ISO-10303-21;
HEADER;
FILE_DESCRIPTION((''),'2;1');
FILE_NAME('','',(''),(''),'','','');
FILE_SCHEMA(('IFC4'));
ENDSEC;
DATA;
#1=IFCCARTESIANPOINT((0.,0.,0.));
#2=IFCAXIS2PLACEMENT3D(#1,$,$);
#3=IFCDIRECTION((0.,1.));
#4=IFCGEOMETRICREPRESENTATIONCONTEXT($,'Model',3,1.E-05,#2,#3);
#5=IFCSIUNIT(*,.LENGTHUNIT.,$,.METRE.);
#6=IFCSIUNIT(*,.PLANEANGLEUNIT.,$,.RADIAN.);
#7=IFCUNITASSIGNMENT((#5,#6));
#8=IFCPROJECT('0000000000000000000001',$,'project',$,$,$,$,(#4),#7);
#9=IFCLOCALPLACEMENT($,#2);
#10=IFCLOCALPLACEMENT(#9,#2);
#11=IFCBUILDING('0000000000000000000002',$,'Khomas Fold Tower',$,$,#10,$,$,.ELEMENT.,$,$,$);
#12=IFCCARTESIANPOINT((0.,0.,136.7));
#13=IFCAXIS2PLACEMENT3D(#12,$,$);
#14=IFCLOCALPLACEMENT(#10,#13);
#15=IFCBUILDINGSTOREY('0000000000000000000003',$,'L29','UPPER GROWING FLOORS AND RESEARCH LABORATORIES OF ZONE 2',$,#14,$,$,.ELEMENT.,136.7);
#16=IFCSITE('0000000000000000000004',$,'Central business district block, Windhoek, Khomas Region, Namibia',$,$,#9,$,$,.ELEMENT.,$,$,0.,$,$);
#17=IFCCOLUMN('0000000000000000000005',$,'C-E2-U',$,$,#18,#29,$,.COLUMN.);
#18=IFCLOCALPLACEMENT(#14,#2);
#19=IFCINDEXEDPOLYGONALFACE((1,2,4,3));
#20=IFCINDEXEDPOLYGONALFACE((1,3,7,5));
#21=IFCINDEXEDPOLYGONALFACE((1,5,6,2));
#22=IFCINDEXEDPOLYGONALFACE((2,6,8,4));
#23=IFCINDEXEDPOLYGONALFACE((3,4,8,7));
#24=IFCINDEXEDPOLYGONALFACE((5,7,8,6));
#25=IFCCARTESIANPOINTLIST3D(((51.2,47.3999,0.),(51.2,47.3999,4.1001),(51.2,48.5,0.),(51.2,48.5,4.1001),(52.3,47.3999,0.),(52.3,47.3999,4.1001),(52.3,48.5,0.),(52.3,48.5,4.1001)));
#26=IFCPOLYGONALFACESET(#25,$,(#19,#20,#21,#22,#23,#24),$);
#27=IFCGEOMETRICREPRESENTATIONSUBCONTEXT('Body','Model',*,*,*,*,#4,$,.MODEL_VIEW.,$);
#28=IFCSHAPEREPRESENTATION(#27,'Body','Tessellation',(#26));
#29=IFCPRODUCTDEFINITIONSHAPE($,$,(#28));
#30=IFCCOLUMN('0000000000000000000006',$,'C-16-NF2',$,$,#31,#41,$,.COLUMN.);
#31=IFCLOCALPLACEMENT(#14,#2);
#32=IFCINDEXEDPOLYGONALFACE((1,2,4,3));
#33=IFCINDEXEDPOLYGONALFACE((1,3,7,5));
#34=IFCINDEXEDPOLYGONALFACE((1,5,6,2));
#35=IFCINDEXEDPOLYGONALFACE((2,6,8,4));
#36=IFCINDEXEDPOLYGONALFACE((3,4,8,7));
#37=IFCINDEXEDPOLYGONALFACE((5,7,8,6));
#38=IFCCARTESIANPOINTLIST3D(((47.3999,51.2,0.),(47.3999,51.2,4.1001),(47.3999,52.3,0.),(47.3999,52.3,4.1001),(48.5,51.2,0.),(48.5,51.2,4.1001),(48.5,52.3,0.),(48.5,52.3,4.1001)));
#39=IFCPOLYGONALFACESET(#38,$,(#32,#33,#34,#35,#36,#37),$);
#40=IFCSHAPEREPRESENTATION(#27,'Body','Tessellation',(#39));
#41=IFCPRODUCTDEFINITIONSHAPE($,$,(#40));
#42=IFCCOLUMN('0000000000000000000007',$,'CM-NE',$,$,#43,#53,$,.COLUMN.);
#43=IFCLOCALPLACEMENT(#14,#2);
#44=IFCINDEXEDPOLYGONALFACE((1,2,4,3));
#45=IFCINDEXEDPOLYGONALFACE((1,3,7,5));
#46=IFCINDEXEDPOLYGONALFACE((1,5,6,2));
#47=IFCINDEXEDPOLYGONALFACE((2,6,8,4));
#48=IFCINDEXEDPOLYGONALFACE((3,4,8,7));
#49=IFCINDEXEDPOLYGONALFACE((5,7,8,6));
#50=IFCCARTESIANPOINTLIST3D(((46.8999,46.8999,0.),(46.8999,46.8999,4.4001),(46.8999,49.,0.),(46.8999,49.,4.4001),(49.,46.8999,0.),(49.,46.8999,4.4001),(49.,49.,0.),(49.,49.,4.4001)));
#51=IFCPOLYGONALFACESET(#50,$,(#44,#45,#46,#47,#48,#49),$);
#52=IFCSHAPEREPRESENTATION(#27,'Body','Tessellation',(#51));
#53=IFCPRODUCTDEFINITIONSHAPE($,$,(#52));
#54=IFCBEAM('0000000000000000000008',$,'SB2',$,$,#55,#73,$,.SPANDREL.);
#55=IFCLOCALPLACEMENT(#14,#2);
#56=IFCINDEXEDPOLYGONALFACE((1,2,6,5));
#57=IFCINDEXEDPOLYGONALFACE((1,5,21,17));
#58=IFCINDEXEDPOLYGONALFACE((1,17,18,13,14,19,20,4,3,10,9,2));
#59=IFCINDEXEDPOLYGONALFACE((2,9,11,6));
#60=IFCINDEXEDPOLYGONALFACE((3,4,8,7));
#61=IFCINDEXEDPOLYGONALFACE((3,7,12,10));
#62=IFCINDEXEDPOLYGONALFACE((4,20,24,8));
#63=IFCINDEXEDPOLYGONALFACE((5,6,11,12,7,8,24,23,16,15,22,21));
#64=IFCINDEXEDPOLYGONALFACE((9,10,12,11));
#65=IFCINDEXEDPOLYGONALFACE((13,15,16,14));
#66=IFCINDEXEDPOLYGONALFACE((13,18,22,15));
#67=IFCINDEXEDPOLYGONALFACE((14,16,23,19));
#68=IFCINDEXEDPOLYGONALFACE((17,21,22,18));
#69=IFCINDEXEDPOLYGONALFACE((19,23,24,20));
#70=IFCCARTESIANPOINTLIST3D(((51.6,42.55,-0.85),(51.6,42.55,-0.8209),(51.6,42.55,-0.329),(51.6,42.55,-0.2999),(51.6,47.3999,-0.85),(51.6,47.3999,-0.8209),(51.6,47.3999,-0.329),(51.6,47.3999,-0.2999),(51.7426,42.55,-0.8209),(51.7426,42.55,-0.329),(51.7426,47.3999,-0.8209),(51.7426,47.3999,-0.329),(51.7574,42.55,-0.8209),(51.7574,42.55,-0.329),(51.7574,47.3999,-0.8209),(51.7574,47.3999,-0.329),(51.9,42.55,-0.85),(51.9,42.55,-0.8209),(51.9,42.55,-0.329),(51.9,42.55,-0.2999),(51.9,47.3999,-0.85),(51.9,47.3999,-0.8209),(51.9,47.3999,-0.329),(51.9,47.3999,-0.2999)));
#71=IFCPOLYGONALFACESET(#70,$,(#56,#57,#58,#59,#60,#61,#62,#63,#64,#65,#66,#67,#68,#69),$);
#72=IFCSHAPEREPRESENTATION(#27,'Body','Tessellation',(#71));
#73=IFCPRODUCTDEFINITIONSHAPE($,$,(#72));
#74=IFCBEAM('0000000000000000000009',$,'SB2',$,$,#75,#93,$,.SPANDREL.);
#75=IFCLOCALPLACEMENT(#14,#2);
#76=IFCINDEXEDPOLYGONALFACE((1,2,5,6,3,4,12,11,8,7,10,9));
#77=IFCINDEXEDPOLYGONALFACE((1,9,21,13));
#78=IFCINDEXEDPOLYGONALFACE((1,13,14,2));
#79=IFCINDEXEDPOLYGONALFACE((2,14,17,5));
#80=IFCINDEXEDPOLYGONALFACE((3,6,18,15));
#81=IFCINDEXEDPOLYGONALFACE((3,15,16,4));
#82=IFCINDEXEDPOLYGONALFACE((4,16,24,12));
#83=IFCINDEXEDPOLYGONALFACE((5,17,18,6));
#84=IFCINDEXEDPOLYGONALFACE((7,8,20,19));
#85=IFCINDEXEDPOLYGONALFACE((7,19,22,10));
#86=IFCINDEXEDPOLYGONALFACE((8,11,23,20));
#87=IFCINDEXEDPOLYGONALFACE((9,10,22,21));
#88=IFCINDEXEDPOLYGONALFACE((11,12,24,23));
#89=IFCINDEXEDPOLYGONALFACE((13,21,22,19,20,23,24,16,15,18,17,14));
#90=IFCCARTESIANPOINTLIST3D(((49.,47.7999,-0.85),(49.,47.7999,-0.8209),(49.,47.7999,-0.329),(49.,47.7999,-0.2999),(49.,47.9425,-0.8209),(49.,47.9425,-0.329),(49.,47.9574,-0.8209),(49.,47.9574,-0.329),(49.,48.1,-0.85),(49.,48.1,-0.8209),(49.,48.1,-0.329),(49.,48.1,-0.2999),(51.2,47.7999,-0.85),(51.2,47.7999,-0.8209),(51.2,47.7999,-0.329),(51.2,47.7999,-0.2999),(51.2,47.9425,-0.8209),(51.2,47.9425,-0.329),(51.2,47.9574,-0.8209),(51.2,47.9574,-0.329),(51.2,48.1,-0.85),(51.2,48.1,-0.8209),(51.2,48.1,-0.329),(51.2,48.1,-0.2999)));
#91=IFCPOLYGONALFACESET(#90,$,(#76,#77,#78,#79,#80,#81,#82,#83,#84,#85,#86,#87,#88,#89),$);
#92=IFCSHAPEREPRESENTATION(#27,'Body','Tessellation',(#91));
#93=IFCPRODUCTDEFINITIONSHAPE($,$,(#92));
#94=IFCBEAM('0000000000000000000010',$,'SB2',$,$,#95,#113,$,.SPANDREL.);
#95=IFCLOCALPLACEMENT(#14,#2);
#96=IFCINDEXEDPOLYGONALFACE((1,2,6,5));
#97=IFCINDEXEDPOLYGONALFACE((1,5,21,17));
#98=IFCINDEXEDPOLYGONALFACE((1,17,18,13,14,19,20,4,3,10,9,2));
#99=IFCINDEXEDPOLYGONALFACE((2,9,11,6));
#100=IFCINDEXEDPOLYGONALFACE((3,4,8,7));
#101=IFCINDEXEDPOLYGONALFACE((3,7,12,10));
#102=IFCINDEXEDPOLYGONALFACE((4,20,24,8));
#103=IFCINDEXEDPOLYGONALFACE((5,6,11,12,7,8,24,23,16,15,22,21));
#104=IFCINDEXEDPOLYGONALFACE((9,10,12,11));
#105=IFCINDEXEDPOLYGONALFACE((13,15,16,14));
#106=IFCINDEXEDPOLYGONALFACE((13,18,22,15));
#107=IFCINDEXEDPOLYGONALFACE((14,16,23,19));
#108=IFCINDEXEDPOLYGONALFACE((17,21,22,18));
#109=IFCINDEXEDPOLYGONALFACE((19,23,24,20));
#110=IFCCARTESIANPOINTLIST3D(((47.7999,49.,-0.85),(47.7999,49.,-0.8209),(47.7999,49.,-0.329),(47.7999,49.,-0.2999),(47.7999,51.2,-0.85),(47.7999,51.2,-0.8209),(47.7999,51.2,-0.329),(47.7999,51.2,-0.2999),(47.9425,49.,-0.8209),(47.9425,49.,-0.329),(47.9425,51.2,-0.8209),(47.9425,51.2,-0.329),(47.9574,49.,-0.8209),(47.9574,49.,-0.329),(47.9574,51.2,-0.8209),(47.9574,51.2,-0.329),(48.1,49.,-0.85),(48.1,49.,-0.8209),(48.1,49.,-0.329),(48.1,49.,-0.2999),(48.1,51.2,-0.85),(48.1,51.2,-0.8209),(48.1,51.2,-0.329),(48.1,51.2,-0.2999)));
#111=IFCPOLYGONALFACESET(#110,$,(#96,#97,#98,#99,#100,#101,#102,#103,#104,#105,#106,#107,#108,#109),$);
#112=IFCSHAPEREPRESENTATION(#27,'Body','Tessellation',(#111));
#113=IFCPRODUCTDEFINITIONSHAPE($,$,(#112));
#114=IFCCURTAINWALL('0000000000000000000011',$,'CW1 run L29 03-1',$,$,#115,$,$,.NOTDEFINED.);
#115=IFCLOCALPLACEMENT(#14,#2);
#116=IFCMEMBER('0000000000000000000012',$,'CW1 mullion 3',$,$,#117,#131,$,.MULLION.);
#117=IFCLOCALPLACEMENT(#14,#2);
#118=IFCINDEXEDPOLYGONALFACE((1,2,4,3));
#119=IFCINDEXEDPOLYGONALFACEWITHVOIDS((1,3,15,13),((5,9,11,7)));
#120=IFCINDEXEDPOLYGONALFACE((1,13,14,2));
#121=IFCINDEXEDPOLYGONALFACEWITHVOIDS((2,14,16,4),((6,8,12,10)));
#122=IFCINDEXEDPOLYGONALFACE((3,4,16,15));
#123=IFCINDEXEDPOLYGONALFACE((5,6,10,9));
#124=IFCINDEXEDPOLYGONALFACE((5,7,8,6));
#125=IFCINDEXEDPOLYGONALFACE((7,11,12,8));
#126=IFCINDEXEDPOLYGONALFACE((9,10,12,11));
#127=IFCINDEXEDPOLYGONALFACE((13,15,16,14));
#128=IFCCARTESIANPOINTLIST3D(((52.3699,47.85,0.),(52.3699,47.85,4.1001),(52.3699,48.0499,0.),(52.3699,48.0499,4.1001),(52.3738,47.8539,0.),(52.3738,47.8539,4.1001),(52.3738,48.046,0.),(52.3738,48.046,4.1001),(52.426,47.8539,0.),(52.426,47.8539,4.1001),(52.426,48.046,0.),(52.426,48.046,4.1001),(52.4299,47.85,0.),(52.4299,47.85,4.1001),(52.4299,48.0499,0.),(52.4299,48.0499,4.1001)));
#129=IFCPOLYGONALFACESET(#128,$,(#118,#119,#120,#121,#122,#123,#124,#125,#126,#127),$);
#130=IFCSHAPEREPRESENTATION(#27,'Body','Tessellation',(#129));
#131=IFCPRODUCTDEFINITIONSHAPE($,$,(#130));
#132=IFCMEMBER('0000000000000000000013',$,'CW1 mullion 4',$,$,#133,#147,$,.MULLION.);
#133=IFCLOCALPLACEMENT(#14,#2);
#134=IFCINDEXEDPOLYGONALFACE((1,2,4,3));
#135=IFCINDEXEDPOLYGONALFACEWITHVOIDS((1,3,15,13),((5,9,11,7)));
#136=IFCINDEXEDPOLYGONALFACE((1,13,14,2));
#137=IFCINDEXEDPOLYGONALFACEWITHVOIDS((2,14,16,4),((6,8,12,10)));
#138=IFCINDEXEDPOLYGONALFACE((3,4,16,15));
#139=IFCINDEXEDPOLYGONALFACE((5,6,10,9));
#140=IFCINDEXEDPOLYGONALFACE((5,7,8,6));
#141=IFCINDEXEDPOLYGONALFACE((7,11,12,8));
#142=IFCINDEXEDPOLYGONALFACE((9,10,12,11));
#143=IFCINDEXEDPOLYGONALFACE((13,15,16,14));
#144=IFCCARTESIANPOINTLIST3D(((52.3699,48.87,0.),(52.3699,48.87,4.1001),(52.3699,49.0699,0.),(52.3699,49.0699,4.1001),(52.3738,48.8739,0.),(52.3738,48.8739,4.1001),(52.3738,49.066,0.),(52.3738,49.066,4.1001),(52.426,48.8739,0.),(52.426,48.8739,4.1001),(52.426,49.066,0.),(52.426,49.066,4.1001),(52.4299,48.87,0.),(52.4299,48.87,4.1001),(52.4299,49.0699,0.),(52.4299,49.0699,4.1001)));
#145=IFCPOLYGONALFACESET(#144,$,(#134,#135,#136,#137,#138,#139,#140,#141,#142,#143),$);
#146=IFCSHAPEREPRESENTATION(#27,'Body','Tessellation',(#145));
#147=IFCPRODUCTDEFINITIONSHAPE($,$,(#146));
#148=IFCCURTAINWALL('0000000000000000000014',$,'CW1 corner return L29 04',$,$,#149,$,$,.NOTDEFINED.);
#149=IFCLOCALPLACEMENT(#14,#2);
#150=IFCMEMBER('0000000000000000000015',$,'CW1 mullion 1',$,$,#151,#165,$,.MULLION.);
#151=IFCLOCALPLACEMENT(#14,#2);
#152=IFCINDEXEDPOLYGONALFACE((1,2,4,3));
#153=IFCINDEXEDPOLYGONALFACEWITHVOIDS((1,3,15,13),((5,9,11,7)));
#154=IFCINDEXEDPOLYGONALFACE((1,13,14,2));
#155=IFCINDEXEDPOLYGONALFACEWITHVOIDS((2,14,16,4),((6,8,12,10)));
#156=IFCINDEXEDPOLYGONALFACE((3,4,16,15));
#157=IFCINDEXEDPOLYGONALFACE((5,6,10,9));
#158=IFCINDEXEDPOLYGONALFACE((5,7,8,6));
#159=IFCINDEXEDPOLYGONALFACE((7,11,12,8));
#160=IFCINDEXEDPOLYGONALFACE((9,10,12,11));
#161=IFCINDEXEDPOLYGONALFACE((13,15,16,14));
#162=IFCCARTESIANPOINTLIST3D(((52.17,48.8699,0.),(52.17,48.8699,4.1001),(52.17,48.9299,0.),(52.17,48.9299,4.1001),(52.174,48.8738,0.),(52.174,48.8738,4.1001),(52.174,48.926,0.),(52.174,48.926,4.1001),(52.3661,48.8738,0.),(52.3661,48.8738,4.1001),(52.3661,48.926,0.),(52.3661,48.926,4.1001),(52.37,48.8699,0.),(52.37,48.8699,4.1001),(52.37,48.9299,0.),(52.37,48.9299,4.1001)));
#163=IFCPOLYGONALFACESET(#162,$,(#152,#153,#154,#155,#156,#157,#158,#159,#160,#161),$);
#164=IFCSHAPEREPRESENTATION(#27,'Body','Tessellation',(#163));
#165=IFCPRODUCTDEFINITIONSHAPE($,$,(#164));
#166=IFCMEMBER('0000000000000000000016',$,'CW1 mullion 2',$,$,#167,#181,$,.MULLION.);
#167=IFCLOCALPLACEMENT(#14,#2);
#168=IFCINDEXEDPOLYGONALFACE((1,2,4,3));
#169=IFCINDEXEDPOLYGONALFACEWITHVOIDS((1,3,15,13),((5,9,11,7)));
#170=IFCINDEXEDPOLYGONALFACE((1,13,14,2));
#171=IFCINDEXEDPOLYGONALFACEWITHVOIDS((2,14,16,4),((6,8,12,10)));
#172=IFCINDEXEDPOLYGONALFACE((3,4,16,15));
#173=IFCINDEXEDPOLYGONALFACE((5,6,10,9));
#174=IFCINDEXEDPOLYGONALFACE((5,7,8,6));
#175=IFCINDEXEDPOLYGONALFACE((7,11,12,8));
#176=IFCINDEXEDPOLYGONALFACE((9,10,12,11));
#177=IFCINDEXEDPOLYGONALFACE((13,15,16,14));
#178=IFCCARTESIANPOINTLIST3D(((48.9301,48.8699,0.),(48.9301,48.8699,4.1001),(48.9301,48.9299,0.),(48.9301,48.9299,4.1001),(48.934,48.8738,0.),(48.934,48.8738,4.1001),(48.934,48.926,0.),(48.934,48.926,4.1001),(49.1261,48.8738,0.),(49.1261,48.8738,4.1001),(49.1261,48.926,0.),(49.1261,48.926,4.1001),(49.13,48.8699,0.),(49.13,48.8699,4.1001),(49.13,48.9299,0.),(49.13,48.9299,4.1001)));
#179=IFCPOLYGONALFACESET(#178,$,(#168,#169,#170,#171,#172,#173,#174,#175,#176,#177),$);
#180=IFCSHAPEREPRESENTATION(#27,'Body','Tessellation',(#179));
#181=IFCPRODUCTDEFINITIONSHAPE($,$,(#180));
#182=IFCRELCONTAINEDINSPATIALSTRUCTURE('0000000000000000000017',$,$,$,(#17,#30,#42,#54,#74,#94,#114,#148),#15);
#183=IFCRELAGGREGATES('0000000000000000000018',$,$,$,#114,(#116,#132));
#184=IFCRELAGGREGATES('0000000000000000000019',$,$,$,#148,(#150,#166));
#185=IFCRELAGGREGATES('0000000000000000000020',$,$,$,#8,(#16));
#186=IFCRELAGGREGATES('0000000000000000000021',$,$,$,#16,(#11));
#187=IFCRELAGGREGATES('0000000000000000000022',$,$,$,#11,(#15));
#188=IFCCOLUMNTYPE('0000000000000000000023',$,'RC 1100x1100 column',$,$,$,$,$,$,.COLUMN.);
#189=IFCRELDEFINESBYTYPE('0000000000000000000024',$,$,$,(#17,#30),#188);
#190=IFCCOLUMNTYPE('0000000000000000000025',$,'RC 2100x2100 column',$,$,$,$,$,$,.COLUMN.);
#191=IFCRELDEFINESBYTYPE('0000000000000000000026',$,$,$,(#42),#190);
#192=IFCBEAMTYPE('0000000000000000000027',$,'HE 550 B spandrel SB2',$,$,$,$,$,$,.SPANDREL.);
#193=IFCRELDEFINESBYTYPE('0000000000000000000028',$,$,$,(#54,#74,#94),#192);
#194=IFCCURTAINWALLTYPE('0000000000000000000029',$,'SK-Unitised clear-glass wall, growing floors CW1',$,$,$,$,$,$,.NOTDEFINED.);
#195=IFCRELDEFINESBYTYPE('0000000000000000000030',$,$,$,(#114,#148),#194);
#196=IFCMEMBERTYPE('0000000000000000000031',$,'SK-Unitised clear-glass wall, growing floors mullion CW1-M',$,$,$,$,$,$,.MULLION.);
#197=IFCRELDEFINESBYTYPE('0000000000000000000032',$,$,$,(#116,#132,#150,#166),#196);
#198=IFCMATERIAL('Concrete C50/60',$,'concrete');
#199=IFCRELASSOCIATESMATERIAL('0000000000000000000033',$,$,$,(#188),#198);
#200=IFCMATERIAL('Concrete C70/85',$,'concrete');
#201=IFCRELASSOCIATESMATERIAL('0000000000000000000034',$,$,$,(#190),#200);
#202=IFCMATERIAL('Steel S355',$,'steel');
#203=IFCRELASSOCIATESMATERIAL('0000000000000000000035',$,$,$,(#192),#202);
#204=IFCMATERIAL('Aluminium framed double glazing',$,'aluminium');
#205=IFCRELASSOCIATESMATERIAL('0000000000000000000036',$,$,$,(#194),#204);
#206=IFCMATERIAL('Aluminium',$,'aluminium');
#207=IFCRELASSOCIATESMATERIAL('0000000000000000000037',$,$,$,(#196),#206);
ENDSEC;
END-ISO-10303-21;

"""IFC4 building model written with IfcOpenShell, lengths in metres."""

from ifc_helpers import new_model, si_unit, direction, frame, origin, origin_2d, place, context, subcontext, project, spatial, rectangle, hollow_rectangle, i_section, extrude, source, transform, mapped, material, material_profile, profile_set, type_object, element, aggregate, save


model = new_model("IFC4")

# Units and contexts
model_context = context("Model", 3, precision=1e-05, world=origin(), true_north=direction((0.0, 1.0)))
body_context = subcontext(model_context, "Body", "Model", "MODEL_VIEW")
ifc_project = project(units=[si_unit("LENGTHUNIT", "METRE"), si_unit("PLANEANGLEUNIT", "RADIAN")], contexts=[model_context])

# Site, building, storey
site_placement = place(None, origin())
site = spatial("IfcSite", under=ifc_project, at=site_placement, Name="Central business district block, Windhoek, Khomas Region, Namibia", CompositionType="ELEMENT", RefElevation=0.0)
building_placement = place(site_placement, origin())
building = spatial("IfcBuilding", under=site, at=building_placement, Name="Khomas Fold Tower", CompositionType="ELEMENT")
storey_placement = place(building_placement, frame((0.0, 0.0, 136.7)))
storey = spatial("IfcBuildingStorey", under=building, at=storey_placement, Name="L29", Description="UPPER GROWING FLOORS AND RESEARCH LABORATORIES OF ZONE 2", CompositionType="ELEMENT", Elevation=136.7)

# Columns
ifc_material_1 = material(Name="Concrete C50/60", Category="concrete")
ifc_material_profile_1 = material_profile(ifc_material_1, rectangle(XDim=1.1001, YDim=1.1001, at=origin_2d()), Name="RC 1100x1100")
ifc_profile_set_1 = profile_set([ifc_material_profile_1], Name="Concrete C50/60")
column_type_1 = type_object("IfcColumnType", Name="RC 1100x1100 column", PredefinedType="COLUMN", material=ifc_profile_set_1)
shared_shape_1 = source(origin(), body_context, "Body", "SweptSolid", [
    extrude(rectangle(XDim=1.1001, YDim=1.1001, at=origin_2d()), origin(), (0.0, 0.0, 1.0), 4.1001),
])
for number, where, z_axis, x_axis, name in (
    (1, (51.75, 47.95, 0.0), (0.0, 0.0, 1.0), (1.0, 0.0, 0.0), "C-E2-U"),
    (2, (47.95, 51.75, 0.0), (0.0, 0.0, 1.0), (1.0, 0.0, 0.0), "C-16-NF2"),
):
    element("IfcColumn", number, at=place(storey_placement, frame(where, z_axis=z_axis, x_axis=x_axis)), inside=storey, type_object=column_type_1, Name=name, PredefinedType="COLUMN", context=body_context, shape_type="MappedRepresentation", body=[
        mapped(shared_shape_1, transform((0.0, 0.0, 0.0))),
    ])
ifc_material_2 = material(Name="Concrete C70/85", Category="concrete")
ifc_material_profile_2 = material_profile(ifc_material_2, rectangle(XDim=2.1001, YDim=2.1001, at=origin_2d()), Name="RC 2100x2100")
ifc_profile_set_2 = profile_set([ifc_material_profile_2], Name="Concrete C70/85")
column_type_2 = type_object("IfcColumnType", Name="RC 2100x2100 column", PredefinedType="COLUMN", material=ifc_profile_set_2)
shared_shape_2 = source(origin(), body_context, "Body", "SweptSolid", [
    extrude(rectangle(XDim=2.1001, YDim=2.1001, at=origin_2d()), origin(), (0.0, 0.0, 1.0), 4.4001),
])
column_placement = place(storey_placement, frame((47.95, 47.95, 0.0), z_axis=(0.0, 0.0, 1.0), x_axis=(1.0, 0.0, 0.0)))
element("IfcColumn", 3, at=column_placement, inside=storey, type_object=column_type_2, Name="CM-NE", PredefinedType="COLUMN", context=body_context, shape_type="MappedRepresentation", body=[
    mapped(shared_shape_2, transform((0.0, 0.0, 0.0))),
])

# Beams
ifc_material_3 = material(Name="Steel S355", Category="steel")
ifc_material_profile_3 = material_profile(ifc_material_3, i_section(OverallWidth=0.3, OverallDepth=0.55, WebThickness=0.0149, FlangeThickness=0.0291, at=origin_2d()), Name="HE 550 B")
ifc_profile_set_3 = profile_set([ifc_material_profile_3], Name="Steel S355")
beam_type = type_object("IfcBeamType", Name="HE 550 B spandrel SB2", PredefinedType="SPANDREL", material=ifc_profile_set_3)
shared_shape_3 = source(origin(), body_context, "Body", "SweptSolid", [
    extrude(i_section(OverallWidth=0.3, OverallDepth=0.55, WebThickness=0.0149, FlangeThickness=0.0291, at=origin_2d()), origin(), (0.0, 0.0, 1.0), 4.8499),
])
beam_placement = place(storey_placement, frame((51.75, 42.55, -0.575), z_axis=(0.0, 1.0, 0.0), x_axis=(-1.0, 0.0, 0.0)))
element("IfcBeam", 4, at=beam_placement, inside=storey, type_object=beam_type, Name="SB2", PredefinedType="SPANDREL", context=body_context, shape_type="MappedRepresentation", body=[
    mapped(shared_shape_3, transform((0.0, 0.0, 0.0))),
])
shared_shape_4 = source(origin(), body_context, "Body", "SweptSolid", [
    extrude(i_section(OverallWidth=0.3, OverallDepth=0.55, WebThickness=0.0149, FlangeThickness=0.0291, at=origin_2d()), origin(), (0.0, 0.0, 1.0), 2.2),
])
for number, where, z_axis, x_axis, name in (
    (5, (49.0, 47.95, -0.575), (1.0, 0.0, 0.0), (0.0, 1.0, 0.0), "SB2"),
    (6, (47.95, 49.0, -0.575), (0.0, 1.0, 0.0), (-1.0, 0.0, 0.0), "SB2"),
):
    element("IfcBeam", number, at=place(storey_placement, frame(where, z_axis=z_axis, x_axis=x_axis)), inside=storey, type_object=beam_type, Name=name, PredefinedType="SPANDREL", context=body_context, shape_type="MappedRepresentation", body=[
        mapped(shared_shape_4, transform((0.0, 0.0, 0.0))),
    ])

# Curtain walls, members
ifc_material_4 = material(Name="Aluminium framed double glazing", Category="aluminium")
curtain_wall_type = type_object("IfcCurtainWallType", Name="SK-Unitised clear-glass wall, growing floors CW1", PredefinedType="NOTDEFINED", material=ifc_material_4)
curtain_wall_1_placement = place(storey_placement, origin())
curtain_wall_1 = element("IfcCurtainWall", 7, at=curtain_wall_1_placement, inside=storey, type_object=curtain_wall_type, Name="CW1 run L29 03-1", PredefinedType="NOTDEFINED")
ifc_material_5 = material(Name="Aluminium", Category="aluminium")
ifc_material_profile_4 = material_profile(ifc_material_5, hollow_rectangle(XDim=0.0601, YDim=0.2, WallThickness=0.0039, at=origin_2d()), Name="SK-Unitised clear-glass wall, growing floors mullion CW1-M")
ifc_profile_set_4 = profile_set([ifc_material_profile_4], Name="Aluminium")
member_type_1 = type_object("IfcMemberType", Name="SK-Unitised clear-glass wall, growing floors mullion CW1-M", PredefinedType="MULLION", material=ifc_profile_set_4)
shared_shape_5 = source(origin(), body_context, "Body", "SweptSolid", [
    extrude(hollow_rectangle(XDim=0.0601, YDim=0.2, WallThickness=0.0039, at=origin_2d()), origin(), (0.0, 0.0, 1.0), 4.1001),
])
member_1_placement = place(storey_placement, frame((52.3999, 47.95, 0.0), z_axis=(0.0, 0.0, 1.0), x_axis=(-1.0, 0.0, 0.0)))
member_1 = element("IfcMember", 8, at=member_1_placement, type_object=member_type_1, Name="CW1 mullion 3", PredefinedType="MULLION", context=body_context, shape_type="MappedRepresentation", body=[
    mapped(shared_shape_5, transform((0.0, 0.0, 0.0))),
])
member_2_placement = place(storey_placement, frame((52.3999, 48.97, 0.0), z_axis=(0.0, 0.0, 1.0), x_axis=(-1.0, 0.0, 0.0)))
member_2 = element("IfcMember", 9, at=member_2_placement, type_object=member_type_1, Name="CW1 mullion 4", PredefinedType="MULLION", context=body_context, shape_type="MappedRepresentation", body=[
    mapped(shared_shape_5, transform((0.0, 0.0, 0.0))),
])
curtain_wall_2_placement = place(storey_placement, origin())
curtain_wall_2 = element("IfcCurtainWall", 10, at=curtain_wall_2_placement, inside=storey, type_object=curtain_wall_type, Name="CW1 corner return L29 04", PredefinedType="NOTDEFINED")
member_3_placement = place(storey_placement, frame((52.27, 48.8999, 0.0), z_axis=(0.0, 0.0, 1.0), x_axis=(0.0, -1.0, 0.0)))
member_3 = element("IfcMember", 11, at=member_3_placement, type_object=member_type_1, Name="CW1 mullion 1", PredefinedType="MULLION", context=body_context, shape_type="MappedRepresentation", body=[
    mapped(shared_shape_5, transform((0.0, 0.0, 0.0))),
])
member_4_placement = place(storey_placement, frame((49.03, 48.8999, 0.0), z_axis=(0.0, 0.0, 1.0), x_axis=(0.0, -1.0, 0.0)))
member_4 = element("IfcMember", 12, at=member_4_placement, type_object=member_type_1, Name="CW1 mullion 2", PredefinedType="MULLION", context=body_context, shape_type="MappedRepresentation", body=[
    mapped(shared_shape_5, transform((0.0, 0.0, 0.0))),
])

aggregate(curtain_wall_1, [member_1, member_2])
aggregate(curtain_wall_2, [member_3, member_4])

save(model, "model.ifc")
